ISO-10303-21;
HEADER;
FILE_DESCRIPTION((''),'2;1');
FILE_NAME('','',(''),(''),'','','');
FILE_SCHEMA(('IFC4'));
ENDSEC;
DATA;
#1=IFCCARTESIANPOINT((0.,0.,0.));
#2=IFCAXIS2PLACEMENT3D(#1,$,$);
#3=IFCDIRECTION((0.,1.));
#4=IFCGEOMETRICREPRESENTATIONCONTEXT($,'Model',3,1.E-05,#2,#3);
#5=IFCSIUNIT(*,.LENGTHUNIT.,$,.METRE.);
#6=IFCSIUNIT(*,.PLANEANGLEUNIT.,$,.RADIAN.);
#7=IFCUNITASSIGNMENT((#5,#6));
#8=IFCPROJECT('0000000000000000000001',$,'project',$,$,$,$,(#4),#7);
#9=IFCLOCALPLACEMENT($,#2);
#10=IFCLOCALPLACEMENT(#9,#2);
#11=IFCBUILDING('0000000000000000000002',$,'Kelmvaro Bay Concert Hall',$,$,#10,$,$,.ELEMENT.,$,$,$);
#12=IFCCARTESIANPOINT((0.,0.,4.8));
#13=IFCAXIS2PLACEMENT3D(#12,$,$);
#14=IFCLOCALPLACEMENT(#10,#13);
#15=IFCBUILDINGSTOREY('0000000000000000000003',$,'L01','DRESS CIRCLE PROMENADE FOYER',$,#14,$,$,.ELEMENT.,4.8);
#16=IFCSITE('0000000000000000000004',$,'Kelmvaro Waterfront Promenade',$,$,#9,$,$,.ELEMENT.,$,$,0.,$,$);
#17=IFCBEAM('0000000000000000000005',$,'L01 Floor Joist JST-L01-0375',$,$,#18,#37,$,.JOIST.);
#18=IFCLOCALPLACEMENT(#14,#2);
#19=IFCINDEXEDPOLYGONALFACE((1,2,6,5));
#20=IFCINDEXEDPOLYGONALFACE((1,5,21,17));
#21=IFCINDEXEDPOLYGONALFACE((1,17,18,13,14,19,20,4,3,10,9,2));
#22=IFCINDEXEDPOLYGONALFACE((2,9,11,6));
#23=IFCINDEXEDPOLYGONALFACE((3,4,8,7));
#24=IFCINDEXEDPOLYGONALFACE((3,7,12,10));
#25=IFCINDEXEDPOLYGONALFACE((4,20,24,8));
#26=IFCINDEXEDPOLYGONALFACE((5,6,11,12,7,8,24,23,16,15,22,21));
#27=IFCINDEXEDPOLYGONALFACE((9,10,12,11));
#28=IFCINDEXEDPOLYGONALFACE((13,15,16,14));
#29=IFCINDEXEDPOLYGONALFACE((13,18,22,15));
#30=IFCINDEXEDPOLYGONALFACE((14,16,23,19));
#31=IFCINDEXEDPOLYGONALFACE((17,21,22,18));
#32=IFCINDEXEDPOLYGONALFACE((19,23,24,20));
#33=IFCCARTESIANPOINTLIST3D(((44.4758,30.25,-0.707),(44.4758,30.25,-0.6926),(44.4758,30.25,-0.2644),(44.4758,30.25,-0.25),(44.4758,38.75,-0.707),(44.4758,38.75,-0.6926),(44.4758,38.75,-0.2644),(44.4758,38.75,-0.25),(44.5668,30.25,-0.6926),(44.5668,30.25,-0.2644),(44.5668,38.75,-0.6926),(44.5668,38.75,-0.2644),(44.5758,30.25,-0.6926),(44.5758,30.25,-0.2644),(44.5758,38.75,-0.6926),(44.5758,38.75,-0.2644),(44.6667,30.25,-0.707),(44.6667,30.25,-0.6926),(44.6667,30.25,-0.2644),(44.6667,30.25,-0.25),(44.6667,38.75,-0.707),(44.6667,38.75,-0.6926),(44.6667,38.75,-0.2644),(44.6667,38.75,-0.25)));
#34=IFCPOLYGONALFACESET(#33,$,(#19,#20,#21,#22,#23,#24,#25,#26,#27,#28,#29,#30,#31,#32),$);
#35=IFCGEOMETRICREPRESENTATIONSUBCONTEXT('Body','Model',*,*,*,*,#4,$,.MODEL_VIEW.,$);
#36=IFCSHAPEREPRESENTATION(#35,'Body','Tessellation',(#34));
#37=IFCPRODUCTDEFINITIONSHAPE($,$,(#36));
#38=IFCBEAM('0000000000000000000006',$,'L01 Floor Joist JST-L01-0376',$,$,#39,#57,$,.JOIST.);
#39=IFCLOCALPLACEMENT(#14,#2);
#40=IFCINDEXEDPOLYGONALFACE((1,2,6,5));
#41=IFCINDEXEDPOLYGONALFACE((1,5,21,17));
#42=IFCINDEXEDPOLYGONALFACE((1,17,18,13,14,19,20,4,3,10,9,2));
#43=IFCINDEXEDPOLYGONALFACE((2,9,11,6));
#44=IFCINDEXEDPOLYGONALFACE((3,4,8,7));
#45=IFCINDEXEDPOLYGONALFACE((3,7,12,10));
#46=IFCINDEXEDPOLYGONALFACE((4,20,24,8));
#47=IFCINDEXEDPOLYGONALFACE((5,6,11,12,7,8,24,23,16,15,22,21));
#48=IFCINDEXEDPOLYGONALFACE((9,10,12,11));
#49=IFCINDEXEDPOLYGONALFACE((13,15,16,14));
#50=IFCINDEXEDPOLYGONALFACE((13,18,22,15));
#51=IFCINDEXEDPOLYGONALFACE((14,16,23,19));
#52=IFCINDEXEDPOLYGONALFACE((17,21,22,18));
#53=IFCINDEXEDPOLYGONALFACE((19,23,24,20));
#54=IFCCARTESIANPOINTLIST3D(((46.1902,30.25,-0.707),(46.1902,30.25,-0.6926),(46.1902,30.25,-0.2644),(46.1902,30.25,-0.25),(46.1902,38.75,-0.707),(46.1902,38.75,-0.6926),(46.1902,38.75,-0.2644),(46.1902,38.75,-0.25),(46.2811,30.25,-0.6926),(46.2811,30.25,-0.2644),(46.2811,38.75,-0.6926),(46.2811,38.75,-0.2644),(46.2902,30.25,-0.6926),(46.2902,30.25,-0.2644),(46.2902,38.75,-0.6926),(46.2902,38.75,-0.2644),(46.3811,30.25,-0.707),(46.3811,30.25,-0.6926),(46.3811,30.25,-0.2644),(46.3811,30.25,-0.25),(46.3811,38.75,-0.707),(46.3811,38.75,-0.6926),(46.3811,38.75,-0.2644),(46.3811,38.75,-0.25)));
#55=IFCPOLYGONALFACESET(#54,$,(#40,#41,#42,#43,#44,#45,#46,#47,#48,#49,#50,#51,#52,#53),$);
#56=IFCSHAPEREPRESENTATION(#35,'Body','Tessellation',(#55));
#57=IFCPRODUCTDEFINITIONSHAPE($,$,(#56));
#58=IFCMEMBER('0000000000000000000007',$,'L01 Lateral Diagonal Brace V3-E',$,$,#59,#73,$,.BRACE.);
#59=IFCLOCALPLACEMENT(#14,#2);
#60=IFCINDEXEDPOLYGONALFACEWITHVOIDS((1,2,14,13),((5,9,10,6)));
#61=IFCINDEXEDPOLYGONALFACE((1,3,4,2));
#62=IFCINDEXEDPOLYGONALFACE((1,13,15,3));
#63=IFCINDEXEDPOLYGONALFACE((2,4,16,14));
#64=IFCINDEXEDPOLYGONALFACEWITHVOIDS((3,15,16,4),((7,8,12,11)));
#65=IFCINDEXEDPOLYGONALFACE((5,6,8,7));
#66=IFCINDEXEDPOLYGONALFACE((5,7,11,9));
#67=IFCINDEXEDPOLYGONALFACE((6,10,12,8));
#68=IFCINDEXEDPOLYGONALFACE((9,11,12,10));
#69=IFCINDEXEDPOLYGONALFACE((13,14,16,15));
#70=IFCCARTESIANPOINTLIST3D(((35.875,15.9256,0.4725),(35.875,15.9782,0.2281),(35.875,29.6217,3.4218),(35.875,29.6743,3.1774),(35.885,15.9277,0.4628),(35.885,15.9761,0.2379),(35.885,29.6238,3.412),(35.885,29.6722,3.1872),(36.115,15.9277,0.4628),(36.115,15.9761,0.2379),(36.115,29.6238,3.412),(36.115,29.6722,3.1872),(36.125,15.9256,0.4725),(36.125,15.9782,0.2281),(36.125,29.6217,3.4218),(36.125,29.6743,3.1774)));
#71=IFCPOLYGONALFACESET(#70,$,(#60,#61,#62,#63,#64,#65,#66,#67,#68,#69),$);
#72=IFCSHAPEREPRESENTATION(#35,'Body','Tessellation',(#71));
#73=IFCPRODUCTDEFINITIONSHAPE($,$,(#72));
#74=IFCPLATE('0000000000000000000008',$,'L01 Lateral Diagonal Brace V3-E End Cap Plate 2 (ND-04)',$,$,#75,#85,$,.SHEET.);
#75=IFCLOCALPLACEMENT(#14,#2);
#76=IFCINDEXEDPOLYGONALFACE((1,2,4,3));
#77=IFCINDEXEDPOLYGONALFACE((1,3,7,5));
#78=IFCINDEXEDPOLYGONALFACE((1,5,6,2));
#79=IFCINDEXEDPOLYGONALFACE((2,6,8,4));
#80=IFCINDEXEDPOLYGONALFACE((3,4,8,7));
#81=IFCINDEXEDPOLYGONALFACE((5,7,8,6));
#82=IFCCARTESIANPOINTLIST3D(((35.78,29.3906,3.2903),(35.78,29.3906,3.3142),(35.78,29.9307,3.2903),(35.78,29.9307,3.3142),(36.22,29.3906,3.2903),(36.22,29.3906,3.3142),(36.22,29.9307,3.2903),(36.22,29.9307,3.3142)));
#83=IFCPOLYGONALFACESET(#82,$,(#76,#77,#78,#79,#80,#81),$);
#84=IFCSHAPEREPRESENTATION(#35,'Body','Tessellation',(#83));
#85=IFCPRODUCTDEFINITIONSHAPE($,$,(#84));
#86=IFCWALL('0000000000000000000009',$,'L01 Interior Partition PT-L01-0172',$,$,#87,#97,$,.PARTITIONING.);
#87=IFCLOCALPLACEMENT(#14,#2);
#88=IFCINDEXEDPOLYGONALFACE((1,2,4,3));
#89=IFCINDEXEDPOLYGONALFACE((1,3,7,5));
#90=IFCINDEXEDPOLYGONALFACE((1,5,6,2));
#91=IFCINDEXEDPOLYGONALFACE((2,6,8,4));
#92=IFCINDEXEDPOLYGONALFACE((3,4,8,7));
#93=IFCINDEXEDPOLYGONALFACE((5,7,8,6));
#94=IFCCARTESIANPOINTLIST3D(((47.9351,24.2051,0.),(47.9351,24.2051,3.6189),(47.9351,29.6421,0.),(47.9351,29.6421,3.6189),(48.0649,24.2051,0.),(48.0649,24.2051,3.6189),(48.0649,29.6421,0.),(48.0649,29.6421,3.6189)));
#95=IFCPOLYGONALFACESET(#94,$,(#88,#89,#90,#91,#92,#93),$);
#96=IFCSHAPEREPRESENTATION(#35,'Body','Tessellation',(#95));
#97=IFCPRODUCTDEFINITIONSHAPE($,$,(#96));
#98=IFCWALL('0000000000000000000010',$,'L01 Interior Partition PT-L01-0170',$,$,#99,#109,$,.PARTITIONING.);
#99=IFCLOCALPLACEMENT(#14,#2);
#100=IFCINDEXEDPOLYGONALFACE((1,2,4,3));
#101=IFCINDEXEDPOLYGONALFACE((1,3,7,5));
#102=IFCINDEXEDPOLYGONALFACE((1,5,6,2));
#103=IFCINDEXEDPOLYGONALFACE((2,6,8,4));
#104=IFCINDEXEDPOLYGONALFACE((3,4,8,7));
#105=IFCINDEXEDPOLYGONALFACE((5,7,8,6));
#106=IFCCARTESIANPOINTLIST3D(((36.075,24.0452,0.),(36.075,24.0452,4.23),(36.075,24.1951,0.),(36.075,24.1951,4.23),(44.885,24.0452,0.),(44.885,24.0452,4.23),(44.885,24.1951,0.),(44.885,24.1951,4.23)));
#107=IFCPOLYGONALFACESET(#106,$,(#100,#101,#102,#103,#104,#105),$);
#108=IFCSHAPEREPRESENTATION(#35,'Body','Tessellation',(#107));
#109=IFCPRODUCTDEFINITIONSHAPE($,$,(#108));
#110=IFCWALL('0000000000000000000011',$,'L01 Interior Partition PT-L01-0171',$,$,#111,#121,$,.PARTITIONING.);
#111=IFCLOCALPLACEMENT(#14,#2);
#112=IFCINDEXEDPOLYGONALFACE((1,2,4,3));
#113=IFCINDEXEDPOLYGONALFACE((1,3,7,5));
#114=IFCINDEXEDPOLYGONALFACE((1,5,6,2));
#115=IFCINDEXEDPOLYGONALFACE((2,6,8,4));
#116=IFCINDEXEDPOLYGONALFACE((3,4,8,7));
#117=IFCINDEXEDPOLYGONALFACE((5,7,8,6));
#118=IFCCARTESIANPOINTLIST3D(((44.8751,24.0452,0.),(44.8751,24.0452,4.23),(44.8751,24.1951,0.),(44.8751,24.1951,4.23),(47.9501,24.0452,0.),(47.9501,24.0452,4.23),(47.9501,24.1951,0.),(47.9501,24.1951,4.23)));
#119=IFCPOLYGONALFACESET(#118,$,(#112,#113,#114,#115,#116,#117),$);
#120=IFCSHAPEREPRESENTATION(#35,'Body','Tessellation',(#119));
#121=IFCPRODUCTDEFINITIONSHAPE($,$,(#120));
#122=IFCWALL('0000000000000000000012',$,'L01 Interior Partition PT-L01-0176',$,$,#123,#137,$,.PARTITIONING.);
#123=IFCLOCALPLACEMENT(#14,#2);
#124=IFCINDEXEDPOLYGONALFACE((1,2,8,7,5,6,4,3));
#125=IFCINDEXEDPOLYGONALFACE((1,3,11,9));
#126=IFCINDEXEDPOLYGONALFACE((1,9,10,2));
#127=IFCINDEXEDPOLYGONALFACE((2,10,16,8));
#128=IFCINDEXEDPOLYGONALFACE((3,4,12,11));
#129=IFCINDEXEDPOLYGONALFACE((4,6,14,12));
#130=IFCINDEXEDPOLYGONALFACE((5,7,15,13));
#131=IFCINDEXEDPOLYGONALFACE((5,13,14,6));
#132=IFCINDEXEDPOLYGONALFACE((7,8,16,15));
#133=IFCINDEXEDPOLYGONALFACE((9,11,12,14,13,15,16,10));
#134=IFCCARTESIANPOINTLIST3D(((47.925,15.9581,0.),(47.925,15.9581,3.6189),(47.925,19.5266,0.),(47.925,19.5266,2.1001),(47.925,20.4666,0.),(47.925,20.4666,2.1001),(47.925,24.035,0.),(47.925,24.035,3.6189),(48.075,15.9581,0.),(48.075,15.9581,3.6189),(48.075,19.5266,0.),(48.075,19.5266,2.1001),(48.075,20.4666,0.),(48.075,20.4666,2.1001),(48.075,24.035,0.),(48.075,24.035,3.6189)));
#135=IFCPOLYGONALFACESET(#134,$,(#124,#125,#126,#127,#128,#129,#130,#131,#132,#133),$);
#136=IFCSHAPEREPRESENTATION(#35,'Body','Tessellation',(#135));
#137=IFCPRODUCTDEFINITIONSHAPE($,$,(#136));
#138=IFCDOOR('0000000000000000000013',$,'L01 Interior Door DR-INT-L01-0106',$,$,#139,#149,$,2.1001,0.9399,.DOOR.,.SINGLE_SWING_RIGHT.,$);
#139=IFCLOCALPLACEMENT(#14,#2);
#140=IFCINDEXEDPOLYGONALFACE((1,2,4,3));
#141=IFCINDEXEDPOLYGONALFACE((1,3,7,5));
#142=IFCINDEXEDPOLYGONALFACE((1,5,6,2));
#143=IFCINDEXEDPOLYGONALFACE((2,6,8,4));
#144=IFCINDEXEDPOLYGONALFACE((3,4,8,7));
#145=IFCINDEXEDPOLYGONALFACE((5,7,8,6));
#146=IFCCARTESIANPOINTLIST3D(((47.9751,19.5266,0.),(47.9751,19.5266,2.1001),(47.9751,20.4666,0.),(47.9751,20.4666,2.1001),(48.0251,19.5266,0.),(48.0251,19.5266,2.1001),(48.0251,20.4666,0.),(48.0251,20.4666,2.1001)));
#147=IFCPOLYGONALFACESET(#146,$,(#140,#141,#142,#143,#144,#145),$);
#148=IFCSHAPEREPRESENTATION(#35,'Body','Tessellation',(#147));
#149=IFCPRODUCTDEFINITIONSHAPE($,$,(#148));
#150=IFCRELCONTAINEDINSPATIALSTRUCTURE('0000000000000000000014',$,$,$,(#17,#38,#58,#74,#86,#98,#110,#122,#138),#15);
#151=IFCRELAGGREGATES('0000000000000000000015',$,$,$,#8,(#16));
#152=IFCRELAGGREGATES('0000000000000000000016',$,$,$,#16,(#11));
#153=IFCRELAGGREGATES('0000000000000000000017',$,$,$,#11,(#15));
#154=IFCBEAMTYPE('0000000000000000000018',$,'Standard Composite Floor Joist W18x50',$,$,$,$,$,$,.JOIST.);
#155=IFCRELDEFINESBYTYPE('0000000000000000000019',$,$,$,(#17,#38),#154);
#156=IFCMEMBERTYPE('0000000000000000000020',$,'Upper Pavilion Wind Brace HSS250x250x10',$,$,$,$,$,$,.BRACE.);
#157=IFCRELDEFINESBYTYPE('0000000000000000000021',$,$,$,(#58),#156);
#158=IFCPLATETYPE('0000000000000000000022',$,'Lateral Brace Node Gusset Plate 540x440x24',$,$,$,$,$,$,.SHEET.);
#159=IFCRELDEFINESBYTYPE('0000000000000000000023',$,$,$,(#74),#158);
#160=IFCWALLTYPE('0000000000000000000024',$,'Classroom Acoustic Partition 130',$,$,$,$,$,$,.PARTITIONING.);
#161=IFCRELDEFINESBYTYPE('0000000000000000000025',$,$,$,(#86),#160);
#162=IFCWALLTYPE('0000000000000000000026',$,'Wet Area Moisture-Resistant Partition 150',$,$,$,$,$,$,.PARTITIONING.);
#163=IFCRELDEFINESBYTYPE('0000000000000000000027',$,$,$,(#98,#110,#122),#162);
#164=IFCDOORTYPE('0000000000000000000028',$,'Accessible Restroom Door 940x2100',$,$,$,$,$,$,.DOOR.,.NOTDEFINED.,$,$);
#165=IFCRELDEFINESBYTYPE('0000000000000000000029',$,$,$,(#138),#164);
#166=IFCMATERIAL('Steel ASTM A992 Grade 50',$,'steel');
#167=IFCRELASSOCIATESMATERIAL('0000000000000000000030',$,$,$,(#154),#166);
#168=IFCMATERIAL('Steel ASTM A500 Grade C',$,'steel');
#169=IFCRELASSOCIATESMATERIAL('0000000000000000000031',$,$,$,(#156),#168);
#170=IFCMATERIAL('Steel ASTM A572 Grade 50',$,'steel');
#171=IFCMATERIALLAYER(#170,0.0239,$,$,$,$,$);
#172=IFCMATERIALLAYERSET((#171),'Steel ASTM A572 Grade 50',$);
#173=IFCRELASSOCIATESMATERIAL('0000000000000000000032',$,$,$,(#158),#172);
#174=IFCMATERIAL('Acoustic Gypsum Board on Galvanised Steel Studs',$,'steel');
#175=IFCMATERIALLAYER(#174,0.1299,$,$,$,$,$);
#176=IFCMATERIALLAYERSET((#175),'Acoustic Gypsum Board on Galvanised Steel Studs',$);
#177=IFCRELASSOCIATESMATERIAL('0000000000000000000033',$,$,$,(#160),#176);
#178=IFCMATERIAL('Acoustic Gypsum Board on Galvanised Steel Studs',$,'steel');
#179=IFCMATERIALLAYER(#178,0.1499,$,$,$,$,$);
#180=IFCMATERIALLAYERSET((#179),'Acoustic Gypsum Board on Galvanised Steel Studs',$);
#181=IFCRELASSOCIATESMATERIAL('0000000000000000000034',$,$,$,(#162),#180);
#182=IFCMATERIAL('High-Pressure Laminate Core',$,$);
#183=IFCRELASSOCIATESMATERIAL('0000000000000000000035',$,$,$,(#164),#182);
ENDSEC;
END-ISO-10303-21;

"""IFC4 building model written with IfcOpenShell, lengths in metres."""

from ifc_helpers import new_model, si_unit, direction, frame, frame_2d, origin, origin_2d, place, context, subcontext, project, spatial, rectangle, hollow_rectangle, i_section, extrude, material, layer, layer_set, material_profile, profile_set, type_object, element, fill, save


model = new_model("IFC4")

# Units and contexts
model_context = context("Model", 3, precision=1e-05, world=origin(), true_north=direction((0.0, 1.0)))
body_context = subcontext(model_context, "Body", "Model", "MODEL_VIEW")
ifc_project = project(units=[si_unit("LENGTHUNIT", "METRE"), si_unit("PLANEANGLEUNIT", "RADIAN")], contexts=[model_context])

# Site, building, storey
site_placement = place(None, origin())
site = spatial("IfcSite", under=ifc_project, at=site_placement, Name="Kelmvaro Waterfront Promenade", CompositionType="ELEMENT", RefElevation=0.0)
building_placement = place(site_placement, origin())
building = spatial("IfcBuilding", under=site, at=building_placement, Name="Kelmvaro Bay Concert Hall", CompositionType="ELEMENT")
storey_placement = place(building_placement, frame((0.0, 0.0, 4.8)))
storey = spatial("IfcBuildingStorey", under=building, at=storey_placement, Name="L01", Description="DRESS CIRCLE PROMENADE FOYER", CompositionType="ELEMENT", Elevation=4.8)

# Beams
ifc_material_1 = material(Name="Steel ASTM A992 Grade 50", Category="steel")
ifc_material_profile_1 = material_profile(ifc_material_1, i_section(OverallWidth=0.1909, OverallDepth=0.457, WebThickness=0.009, FlangeThickness=0.0144, at=origin_2d()), Name="W18X50")
ifc_profile_set_1 = profile_set([ifc_material_profile_1], Name="Steel ASTM A992 Grade 50")
beam_type_1 = type_object("IfcBeamType", Name="Standard Composite Floor Joist W18x50", PredefinedType="JOIST", material=ifc_profile_set_1)
for number, where, z_axis, x_axis, name in (
    (1, (44.5713, 30.25, -0.4785), (0.0, 1.0, 0.0), (-1.0, 0.0, 0.0), "L01 Floor Joist JST-L01-0375"),
    (2, (46.2856, 30.25, -0.4785), (0.0, 1.0, 0.0), (-1.0, 0.0, 0.0), "L01 Floor Joist JST-L01-0376"),
):
    element("IfcBeam", number, at=place(storey_placement, frame(where, z_axis=z_axis, x_axis=x_axis)), inside=storey, type_object=beam_type_1, Name=name, PredefinedType="JOIST", context=body_context, shape_type="SweptSolid", body=[
        extrude(i_section(OverallWidth=0.1909, OverallDepth=0.457, WebThickness=0.009, FlangeThickness=0.0144, at=origin_2d()), origin(), (0.0, 0.0, 1.0), 8.5),
    ])

# Member
ifc_material_2 = material(Name="Steel ASTM A500 Grade C", Category="steel")
ifc_material_profile_2 = material_profile(ifc_material_2, hollow_rectangle(XDim=0.25, YDim=0.25, WallThickness=0.01, at=origin_2d()), Name="HSS250X250X10")
ifc_profile_set_2 = profile_set([ifc_material_profile_2], Name="Steel ASTM A500 Grade C")
member_type = type_object("IfcMemberType", Name="Upper Pavilion Wind Brace HSS250x250x10", PredefinedType="BRACE", material=ifc_profile_set_2)
member_placement = place(storey_placement, frame((36.0, 15.9519, 0.3503), z_axis=(0.0, 0.977592, 0.210508), x_axis=(-1.0, 0.0, 0.0)))
element("IfcMember", 3, at=member_placement, inside=storey, type_object=member_type, Name="L01 Lateral Diagonal Brace V3-E", PredefinedType="BRACE", context=body_context, shape_type="SweptSolid", body=[
    extrude(hollow_rectangle(XDim=0.25, YDim=0.25, WallThickness=0.01, at=origin_2d()), origin(), (0.0, 0.0, 1.0), 14.01),
])

# Plate
ifc_material_3 = material(Name="Steel ASTM A572 Grade 50", Category="steel")
ifc_layer_1 = layer(ifc_material_3, 0.0239)
ifc_layer_set_1 = layer_set([ifc_layer_1], Name="Steel ASTM A572 Grade 50")
plate_type = type_object("IfcPlateType", Name="Lateral Brace Node Gusset Plate 540x440x24", PredefinedType="SHEET", material=ifc_layer_set_1)
plate_placement = place(storey_placement, frame((36.0, 29.6606, 3.2903), z_axis=(0.0, 0.0, 1.0), x_axis=(0.0, 1.0, 0.0)))
element("IfcPlate", 4, at=plate_placement, inside=storey, type_object=plate_type, Name="L01 Lateral Diagonal Brace V3-E End Cap Plate 2 (ND-04)", PredefinedType="SHEET", context=body_context, shape_type="SweptSolid", body=[
    extrude(rectangle(XDim=0.54, YDim=0.4399, at=origin_2d()), origin(), (0.0, 0.0, 1.0), 0.0239),
])

# Walls
ifc_material_4 = material(Name="Acoustic Gypsum Board on Galvanised Steel Studs", Category="steel")
ifc_layer_2 = layer(ifc_material_4, 0.1299)
ifc_layer_set_2 = layer_set([ifc_layer_2], Name="Acoustic Gypsum Board on Galvanised Steel Studs")
wall_type_1 = type_object("IfcWallType", Name="Classroom Acoustic Partition 130", PredefinedType="PARTITIONING", material=ifc_layer_set_2)
wall_1_placement = place(storey_placement, frame((48.0, 24.2051, 0.0), z_axis=(0.0, 0.0, 1.0), x_axis=(0.0, 1.0, 0.0)))
element("IfcWall", 5, at=wall_1_placement, inside=storey, type_object=wall_type_1, Name="L01 Interior Partition PT-L01-0172", PredefinedType="PARTITIONING", context=body_context, shape_type="SweptSolid", body=[
    extrude(rectangle(XDim=5.437, YDim=0.1299, at=frame_2d((2.7185, 0.0))), origin(), (0.0, 0.0, 1.0), 3.6189),
])
ifc_material_5 = material(Name="Acoustic Gypsum Board on Galvanised Steel Studs", Category="steel")
ifc_layer_3 = layer(ifc_material_5, 0.1499)
ifc_layer_set_3 = layer_set([ifc_layer_3], Name="Acoustic Gypsum Board on Galvanised Steel Studs")
wall_type_2 = type_object("IfcWallType", Name="Wet Area Moisture-Resistant Partition 150", PredefinedType="PARTITIONING", material=ifc_layer_set_3)
wall_2_placement = place(storey_placement, frame((36.075, 24.1201, 0.0), z_axis=(0.0, 0.0, 1.0), x_axis=(1.0, 0.0, 0.0)))
element("IfcWall", 6, at=wall_2_placement, inside=storey, type_object=wall_type_2, Name="L01 Interior Partition PT-L01-0170", PredefinedType="PARTITIONING", context=body_context, shape_type="SweptSolid", body=[
    extrude(rectangle(XDim=8.8101, YDim=0.1499, at=frame_2d((4.405, 0.0))), origin(), (0.0, 0.0, 1.0), 4.23),
])
wall_3_placement = place(storey_placement, frame((44.875, 24.1201, 0.0), z_axis=(0.0, 0.0, 1.0), x_axis=(1.0, 0.0, 0.0)))
element("IfcWall", 7, at=wall_3_placement, inside=storey, type_object=wall_type_2, Name="L01 Interior Partition PT-L01-0171", PredefinedType="PARTITIONING", context=body_context, shape_type="SweptSolid", body=[
    extrude(rectangle(XDim=3.075, YDim=0.1499, at=frame_2d((1.5376, 0.0))), origin(), (0.0, 0.0, 1.0), 4.23),
])

# Wall, opening, door
wall_4_placement = place(storey_placement, frame((48.0, 15.958, 0.0), z_axis=(0.0, 0.0, 1.0), x_axis=(0.0, 1.0, 0.0)))
wall_4 = element("IfcWall", 8, at=wall_4_placement, inside=storey, type_object=wall_type_2, Name="L01 Interior Partition PT-L01-0176", PredefinedType="PARTITIONING", context=body_context, shape_type="SweptSolid", body=[
    extrude(rectangle(XDim=8.0769, YDim=0.1499, at=frame_2d((4.0386, 0.0))), origin(), (0.0, 0.0, 1.0), 3.6189),
])
opening_placement = place(wall_4_placement, frame((3.5686, 0.0, 0.0)))
opening = element("IfcOpeningElement", 9, at=opening_placement, cuts=wall_4, PredefinedType="OPENING", context=body_context, shape_type="SweptSolid", body=[
    extrude(rectangle(XDim=0.9399, YDim=2.1001, at=frame_2d((0.47, 1.05))), frame((0.0, 0.085, 0.0), z_axis=(0.0, -1.0, 0.0), x_axis=(1.0, 0.0, 0.0)), (0.0, 0.0, 1.0), 0.1699),
])
ifc_material_6 = material(Name="High-Pressure Laminate Core")
door_type = type_object("IfcDoorType", Name="Accessible Restroom Door 940x2100", OperationType="NOTDEFINED", PredefinedType="DOOR", material=ifc_material_6)
door_placement = place(opening_placement, origin())
door = element("IfcDoor", 10, at=door_placement, inside=storey, type_object=door_type, Name="L01 Interior Door DR-INT-L01-0106", OperationType="SINGLE_SWING_RIGHT", OverallHeight=2.1001, OverallWidth=0.9399, PredefinedType="DOOR", context=body_context, shape_type="SweptSolid", body=[
    extrude(rectangle(XDim=0.9399, YDim=2.1001, at=frame_2d((0.47, 1.05))), frame((0.0, 0.0249, 0.0), z_axis=(0.0, -1.0, 0.0), x_axis=(1.0, 0.0, 0.0)), (0.0, 0.0, 1.0), 0.05),
])
fill(opening, door)

save(model, "model.ifc")
